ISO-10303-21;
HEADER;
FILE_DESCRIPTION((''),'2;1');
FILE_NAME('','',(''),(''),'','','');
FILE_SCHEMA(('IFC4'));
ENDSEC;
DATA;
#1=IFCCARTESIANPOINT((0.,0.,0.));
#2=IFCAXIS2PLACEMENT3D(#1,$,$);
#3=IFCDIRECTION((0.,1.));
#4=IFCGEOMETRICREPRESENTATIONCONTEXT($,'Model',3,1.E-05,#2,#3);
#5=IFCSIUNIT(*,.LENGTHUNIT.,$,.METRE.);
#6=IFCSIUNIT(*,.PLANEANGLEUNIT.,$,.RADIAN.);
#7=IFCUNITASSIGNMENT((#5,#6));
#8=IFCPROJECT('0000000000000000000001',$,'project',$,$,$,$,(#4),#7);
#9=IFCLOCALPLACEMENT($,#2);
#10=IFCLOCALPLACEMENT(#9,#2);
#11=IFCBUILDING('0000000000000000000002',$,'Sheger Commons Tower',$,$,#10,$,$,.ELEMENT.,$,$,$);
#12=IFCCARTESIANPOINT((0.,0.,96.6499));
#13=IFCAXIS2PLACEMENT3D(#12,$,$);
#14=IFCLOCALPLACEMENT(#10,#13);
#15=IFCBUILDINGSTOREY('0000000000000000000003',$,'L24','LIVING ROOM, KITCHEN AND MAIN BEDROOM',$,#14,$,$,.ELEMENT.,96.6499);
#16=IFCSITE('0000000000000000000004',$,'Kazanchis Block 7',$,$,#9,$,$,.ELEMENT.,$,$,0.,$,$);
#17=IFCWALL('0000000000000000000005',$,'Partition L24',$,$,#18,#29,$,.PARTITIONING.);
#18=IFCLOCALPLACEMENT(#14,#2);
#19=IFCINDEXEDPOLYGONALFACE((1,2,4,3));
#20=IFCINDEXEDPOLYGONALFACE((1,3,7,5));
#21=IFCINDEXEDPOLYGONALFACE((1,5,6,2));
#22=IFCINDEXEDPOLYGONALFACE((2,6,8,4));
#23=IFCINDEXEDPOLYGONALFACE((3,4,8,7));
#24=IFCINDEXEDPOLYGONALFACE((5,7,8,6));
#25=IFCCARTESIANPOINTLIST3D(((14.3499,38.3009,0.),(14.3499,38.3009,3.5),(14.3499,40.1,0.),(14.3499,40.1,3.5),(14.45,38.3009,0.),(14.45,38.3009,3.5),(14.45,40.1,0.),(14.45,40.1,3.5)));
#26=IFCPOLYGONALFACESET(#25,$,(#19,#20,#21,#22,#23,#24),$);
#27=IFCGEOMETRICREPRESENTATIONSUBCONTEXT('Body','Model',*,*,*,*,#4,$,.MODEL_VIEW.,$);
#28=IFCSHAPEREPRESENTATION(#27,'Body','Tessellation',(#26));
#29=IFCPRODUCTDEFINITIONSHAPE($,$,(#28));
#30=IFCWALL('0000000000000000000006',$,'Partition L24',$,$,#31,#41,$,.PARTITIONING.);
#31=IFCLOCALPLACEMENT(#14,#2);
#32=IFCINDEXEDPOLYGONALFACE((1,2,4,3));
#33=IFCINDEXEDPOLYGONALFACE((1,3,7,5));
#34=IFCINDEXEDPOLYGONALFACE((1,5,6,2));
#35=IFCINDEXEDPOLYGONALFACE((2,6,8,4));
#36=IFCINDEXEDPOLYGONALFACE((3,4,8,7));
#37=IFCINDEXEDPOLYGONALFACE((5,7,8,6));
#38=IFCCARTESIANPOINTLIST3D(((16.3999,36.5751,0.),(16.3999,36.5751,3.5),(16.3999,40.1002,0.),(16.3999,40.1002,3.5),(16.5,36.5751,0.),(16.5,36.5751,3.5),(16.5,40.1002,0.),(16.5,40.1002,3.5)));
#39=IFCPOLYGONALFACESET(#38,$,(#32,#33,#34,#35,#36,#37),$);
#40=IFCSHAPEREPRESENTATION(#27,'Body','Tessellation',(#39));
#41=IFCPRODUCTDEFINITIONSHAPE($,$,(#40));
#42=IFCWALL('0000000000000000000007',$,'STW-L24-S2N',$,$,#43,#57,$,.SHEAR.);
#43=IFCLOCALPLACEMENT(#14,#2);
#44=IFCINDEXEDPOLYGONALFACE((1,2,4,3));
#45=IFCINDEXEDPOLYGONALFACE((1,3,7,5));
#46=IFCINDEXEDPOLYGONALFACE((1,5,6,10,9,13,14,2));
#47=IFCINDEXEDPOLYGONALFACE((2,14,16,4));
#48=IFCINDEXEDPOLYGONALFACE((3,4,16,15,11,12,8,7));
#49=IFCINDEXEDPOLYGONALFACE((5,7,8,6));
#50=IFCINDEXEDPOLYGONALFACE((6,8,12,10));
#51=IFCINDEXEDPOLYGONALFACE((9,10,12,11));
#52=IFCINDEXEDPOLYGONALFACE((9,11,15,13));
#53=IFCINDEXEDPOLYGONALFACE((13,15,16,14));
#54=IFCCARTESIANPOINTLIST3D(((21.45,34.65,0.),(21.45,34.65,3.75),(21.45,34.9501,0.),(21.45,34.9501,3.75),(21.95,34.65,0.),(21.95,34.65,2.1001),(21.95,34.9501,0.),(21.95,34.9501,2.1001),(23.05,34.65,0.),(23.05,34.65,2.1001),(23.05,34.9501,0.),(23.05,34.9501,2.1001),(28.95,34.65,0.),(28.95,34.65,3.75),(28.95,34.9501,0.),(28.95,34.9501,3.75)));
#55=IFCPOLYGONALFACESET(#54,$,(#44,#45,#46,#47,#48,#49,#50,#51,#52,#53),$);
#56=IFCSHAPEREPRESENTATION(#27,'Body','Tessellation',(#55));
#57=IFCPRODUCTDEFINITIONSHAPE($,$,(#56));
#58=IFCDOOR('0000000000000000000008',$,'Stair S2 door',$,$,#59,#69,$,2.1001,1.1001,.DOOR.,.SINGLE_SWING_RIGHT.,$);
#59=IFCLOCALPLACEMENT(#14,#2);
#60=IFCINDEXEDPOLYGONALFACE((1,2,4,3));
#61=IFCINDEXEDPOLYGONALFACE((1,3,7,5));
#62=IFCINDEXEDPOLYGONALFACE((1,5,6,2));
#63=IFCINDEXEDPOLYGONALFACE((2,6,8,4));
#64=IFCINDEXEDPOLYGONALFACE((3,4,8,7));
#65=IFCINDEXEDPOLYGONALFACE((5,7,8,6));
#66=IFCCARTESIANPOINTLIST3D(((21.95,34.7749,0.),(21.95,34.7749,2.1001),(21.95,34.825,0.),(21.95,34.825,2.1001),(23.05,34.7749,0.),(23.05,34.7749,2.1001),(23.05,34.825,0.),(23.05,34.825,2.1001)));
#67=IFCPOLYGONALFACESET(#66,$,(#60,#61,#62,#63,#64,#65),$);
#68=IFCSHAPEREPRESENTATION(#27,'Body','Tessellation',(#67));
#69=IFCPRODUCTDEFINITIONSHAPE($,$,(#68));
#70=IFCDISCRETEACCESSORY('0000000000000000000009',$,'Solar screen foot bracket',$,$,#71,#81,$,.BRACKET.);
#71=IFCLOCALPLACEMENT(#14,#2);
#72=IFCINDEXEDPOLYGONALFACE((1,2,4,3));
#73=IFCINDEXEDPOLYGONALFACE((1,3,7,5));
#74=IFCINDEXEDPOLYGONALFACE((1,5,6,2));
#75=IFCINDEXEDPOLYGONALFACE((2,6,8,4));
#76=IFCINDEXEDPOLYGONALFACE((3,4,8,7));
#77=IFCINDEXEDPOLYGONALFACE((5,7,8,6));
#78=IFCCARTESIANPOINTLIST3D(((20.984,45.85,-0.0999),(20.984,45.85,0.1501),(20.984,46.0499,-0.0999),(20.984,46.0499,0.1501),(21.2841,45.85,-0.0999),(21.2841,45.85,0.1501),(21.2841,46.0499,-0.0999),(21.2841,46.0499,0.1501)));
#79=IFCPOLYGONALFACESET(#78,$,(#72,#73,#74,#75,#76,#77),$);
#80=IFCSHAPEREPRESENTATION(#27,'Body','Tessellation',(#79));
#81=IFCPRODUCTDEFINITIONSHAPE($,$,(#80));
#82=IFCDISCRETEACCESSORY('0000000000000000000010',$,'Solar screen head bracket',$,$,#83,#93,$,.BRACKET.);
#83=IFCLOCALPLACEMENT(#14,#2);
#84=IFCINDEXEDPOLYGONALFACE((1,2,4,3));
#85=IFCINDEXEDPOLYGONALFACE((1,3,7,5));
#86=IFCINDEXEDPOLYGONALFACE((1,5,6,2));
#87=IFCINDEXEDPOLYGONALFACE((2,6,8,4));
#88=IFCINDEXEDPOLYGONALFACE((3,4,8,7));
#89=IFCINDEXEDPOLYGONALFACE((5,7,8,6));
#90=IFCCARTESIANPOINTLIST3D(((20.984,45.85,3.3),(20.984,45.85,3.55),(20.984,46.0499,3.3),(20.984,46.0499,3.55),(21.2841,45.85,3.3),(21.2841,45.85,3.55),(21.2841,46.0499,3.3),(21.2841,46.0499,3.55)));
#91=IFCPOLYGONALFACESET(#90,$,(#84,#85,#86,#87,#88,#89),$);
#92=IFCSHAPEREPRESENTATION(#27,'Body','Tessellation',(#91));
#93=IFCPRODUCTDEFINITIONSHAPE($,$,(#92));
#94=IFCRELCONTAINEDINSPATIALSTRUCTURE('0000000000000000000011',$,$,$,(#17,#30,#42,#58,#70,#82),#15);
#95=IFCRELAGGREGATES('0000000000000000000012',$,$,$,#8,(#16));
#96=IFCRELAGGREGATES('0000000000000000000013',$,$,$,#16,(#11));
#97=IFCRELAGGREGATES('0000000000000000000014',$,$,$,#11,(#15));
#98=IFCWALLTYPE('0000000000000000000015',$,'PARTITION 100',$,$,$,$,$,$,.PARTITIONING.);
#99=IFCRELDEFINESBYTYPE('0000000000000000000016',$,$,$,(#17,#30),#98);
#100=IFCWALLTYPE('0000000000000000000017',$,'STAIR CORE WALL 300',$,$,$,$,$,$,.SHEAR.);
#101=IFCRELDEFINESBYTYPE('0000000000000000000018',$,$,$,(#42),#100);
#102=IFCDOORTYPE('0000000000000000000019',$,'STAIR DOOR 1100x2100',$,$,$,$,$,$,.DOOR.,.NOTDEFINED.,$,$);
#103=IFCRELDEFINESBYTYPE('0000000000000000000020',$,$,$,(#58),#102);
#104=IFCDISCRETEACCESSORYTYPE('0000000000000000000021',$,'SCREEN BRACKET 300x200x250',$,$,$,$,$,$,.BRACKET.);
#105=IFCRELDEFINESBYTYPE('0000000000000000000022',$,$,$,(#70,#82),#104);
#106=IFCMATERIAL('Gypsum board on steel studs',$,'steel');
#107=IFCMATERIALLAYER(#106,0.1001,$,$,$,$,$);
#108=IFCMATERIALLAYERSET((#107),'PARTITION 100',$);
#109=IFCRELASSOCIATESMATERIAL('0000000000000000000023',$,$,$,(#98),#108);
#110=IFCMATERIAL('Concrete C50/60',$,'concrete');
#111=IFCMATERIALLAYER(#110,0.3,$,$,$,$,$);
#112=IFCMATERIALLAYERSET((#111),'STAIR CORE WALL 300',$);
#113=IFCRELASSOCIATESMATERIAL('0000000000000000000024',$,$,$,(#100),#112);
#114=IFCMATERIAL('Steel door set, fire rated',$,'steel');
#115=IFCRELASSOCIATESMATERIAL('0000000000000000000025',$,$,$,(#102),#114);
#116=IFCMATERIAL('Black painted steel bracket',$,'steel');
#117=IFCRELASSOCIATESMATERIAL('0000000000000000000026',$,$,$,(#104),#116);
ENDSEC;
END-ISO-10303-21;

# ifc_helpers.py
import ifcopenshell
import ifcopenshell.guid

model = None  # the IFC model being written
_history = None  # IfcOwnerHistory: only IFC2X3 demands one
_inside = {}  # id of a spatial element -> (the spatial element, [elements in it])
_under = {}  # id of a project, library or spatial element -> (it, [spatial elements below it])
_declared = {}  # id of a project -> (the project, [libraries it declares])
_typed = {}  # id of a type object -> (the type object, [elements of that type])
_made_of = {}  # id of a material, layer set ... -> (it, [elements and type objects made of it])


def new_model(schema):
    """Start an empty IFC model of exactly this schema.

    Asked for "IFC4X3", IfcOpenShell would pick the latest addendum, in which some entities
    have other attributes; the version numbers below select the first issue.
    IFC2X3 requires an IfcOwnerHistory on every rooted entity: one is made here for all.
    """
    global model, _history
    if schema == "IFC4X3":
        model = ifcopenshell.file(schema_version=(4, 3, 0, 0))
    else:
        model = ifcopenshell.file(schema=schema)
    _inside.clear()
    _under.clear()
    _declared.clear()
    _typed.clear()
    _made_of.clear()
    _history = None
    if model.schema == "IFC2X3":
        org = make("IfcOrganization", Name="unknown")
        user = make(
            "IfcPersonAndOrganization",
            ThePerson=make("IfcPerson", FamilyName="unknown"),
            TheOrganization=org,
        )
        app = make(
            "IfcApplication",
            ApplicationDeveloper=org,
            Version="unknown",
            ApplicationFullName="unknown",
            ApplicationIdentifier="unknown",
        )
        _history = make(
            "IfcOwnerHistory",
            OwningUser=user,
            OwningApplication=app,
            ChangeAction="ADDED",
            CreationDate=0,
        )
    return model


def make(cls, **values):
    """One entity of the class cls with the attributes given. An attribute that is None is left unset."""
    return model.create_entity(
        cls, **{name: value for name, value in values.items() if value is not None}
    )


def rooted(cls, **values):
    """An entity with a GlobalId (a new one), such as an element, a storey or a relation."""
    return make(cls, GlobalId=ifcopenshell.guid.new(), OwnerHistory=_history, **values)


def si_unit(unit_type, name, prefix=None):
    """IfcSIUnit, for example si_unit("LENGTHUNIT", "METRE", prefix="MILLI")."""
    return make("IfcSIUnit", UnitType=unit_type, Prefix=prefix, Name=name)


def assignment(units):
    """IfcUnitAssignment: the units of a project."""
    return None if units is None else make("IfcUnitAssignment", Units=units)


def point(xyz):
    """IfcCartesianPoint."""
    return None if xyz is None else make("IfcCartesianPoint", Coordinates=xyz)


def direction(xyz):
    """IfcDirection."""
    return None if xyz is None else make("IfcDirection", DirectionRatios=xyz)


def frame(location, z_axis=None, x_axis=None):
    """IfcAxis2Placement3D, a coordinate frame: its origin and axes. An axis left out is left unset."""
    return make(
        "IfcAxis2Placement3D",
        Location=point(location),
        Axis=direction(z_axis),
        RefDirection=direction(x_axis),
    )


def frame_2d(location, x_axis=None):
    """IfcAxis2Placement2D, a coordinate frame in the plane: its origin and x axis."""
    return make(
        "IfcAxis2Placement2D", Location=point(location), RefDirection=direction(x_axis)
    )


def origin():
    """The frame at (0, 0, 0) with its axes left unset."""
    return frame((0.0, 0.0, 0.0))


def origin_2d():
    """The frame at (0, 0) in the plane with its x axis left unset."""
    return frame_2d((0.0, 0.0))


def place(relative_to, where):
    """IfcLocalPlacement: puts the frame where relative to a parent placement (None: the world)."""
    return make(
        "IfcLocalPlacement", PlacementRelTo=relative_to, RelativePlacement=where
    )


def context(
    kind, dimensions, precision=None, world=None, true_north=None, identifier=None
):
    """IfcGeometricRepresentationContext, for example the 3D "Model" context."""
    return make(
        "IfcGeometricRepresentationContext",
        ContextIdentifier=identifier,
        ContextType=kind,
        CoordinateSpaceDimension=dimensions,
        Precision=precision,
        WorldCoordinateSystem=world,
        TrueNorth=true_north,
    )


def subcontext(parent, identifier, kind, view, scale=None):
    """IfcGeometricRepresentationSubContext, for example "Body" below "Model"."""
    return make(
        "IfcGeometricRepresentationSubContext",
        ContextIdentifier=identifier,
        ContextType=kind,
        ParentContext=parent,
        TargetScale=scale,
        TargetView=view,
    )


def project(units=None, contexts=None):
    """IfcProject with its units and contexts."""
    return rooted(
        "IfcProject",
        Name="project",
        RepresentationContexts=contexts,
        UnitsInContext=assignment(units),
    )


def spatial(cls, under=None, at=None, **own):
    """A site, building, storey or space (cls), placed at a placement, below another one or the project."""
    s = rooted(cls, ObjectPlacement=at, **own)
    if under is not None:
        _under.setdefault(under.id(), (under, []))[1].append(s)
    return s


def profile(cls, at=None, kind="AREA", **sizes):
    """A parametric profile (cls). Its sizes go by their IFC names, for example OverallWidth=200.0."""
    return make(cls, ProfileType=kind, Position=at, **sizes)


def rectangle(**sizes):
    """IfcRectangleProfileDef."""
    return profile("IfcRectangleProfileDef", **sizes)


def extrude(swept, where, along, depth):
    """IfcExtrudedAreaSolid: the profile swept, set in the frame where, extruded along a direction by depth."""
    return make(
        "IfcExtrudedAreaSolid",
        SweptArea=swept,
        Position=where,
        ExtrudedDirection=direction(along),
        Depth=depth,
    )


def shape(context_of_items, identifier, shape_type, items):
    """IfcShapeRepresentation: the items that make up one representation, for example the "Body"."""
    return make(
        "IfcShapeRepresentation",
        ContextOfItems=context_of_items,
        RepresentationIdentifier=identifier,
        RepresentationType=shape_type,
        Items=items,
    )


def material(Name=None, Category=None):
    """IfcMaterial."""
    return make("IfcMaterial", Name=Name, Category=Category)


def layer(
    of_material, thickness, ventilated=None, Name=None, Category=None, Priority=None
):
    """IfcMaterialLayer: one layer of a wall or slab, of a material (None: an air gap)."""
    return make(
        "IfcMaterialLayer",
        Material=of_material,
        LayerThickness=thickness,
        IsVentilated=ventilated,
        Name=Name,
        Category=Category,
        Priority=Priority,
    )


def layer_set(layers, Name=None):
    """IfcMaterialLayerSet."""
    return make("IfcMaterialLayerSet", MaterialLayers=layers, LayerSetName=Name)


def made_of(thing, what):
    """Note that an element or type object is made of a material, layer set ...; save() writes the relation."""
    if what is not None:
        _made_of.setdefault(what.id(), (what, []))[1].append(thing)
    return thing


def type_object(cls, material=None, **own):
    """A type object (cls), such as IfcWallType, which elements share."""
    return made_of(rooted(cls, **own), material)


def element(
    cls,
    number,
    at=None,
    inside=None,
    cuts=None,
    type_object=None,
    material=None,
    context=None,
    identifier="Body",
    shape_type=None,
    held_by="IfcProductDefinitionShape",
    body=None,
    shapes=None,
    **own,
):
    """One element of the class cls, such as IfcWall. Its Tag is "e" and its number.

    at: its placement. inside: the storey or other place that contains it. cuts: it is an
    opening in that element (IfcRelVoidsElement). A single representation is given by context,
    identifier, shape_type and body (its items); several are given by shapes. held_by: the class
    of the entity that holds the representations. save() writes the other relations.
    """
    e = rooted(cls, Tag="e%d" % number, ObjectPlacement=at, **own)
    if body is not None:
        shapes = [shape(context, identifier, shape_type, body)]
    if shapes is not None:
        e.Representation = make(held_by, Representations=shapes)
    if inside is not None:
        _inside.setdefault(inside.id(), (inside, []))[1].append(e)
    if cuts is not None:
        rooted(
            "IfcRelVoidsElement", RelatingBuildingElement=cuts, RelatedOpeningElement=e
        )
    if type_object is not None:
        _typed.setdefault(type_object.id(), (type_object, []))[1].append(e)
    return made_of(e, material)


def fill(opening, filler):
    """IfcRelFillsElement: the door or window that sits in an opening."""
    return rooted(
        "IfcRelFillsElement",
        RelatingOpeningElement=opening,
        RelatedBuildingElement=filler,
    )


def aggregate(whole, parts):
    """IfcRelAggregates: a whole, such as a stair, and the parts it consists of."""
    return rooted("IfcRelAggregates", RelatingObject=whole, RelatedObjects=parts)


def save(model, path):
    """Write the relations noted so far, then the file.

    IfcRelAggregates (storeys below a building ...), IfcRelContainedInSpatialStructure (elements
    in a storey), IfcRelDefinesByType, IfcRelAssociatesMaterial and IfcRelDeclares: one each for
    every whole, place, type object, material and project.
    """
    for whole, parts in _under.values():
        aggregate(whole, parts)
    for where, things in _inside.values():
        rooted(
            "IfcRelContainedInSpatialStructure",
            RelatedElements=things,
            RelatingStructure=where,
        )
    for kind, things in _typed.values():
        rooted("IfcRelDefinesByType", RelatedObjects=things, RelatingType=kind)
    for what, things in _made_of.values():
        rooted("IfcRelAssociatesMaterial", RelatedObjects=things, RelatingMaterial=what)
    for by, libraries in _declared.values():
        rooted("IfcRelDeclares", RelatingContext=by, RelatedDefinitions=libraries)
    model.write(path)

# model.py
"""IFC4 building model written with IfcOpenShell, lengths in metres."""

from ifc_helpers import new_model, si_unit, direction, frame, frame_2d, origin, origin_2d, place, context, subcontext, project, spatial, rectangle, extrude, material, layer, layer_set, type_object, element, fill, save


model = new_model("IFC4")

# Units and contexts
model_context = context("Model", 3, precision=1e-05, world=origin(), true_north=direction((0.0, 1.0)))
body_context = subcontext(model_context, "Body", "Model", "MODEL_VIEW")
ifc_project = project(units=[si_unit("LENGTHUNIT", "METRE"), si_unit("PLANEANGLEUNIT", "RADIAN")], contexts=[model_context])

# Site, building, storey
site_placement = place(None, origin())
site = spatial("IfcSite", under=ifc_project, at=site_placement, Name="Kazanchis Block 7", CompositionType="ELEMENT", RefElevation=0.0)
building_placement = place(site_placement, origin())
building = spatial("IfcBuilding", under=site, at=building_placement, Name="Sheger Commons Tower", CompositionType="ELEMENT")
storey_placement = place(building_placement, frame((0.0, 0.0, 96.6499)))
storey = spatial("IfcBuildingStorey", under=building, at=storey_placement, Name="L24", Description="LIVING ROOM, KITCHEN AND MAIN BEDROOM", CompositionType="ELEMENT", Elevation=96.6499)

# Shared definitions
ifc_material_1 = material(Name="Gypsum board on steel studs", Category="steel")
ifc_layer_1 = layer(ifc_material_1, 0.1001)
ifc_layer_set_1 = layer_set([ifc_layer_1], Name="PARTITION 100")
wall_type_1 = type_object("IfcWallType", Name="PARTITION 100", PredefinedType="PARTITIONING", material=ifc_layer_set_1)

# Walls
wall_1_placement = place(storey_placement, frame((14.3999, 38.301, 0.0), z_axis=(0.0, 0.0, 1.0), x_axis=(0.0, 1.0, 0.0)))
element("IfcWall", 1, at=wall_1_placement, inside=storey, type_object=wall_type_1, Name="Partition L24", PredefinedType="PARTITIONING", context=body_context, shape_type="SweptSolid", body=[
    extrude(rectangle(XDim=1.7991, YDim=0.1001, at=frame_2d((0.8994, 0.0))), origin(), (0.0, 0.0, 1.0), 3.5),
])
wall_2_placement = place(storey_placement, frame((16.45, 36.575, 0.0), z_axis=(0.0, 0.0, 1.0), x_axis=(0.0, 1.0, 0.0)))
element("IfcWall", 2, at=wall_2_placement, inside=storey, type_object=wall_type_1, Name="Partition L24", PredefinedType="PARTITIONING", context=body_context, shape_type="SweptSolid", body=[
    extrude(rectangle(XDim=3.5251, YDim=0.1001, at=frame_2d((1.7627, 0.0))), origin(), (0.0, 0.0, 1.0), 3.5),
])

# Wall, opening, door
ifc_material_2 = material(Name="Concrete C50/60", Category="concrete")
ifc_layer_2 = layer(ifc_material_2, 0.3)
ifc_layer_set_2 = layer_set([ifc_layer_2], Name="STAIR CORE WALL 300")
wall_type_2 = type_object("IfcWallType", Name="STAIR CORE WALL 300", PredefinedType="SHEAR", material=ifc_layer_set_2)
wall_3_placement = place(storey_placement, frame((21.45, 34.8, 0.0), z_axis=(0.0, 0.0, 1.0), x_axis=(1.0, 0.0, 0.0)))
wall_3 = element("IfcWall", 3, at=wall_3_placement, inside=storey, type_object=wall_type_2, Name="STW-L24-S2N", PredefinedType="SHEAR", context=body_context, shape_type="SweptSolid", body=[
    extrude(rectangle(XDim=7.5, YDim=0.3, at=frame_2d((3.75, 0.0))), origin(), (0.0, 0.0, 1.0), 3.75),
])
opening_1_placement = place(wall_3_placement, frame((0.5, 0.0, 0.0)))
opening_1 = element("IfcOpeningElement", 4, at=opening_1_placement, cuts=wall_3, PredefinedType="OPENING", context=body_context, shape_type="SweptSolid", body=[
    extrude(rectangle(XDim=1.1001, YDim=2.1001, at=frame_2d((0.55, 1.05))), frame((0.0, 0.1599, 0.0), z_axis=(0.0, -1.0, 0.0), x_axis=(1.0, 0.0, 0.0)), (0.0, 0.0, 1.0), 0.3201),
])
ifc_material_3 = material(Name="Steel door set, fire rated", Category="steel")
door_type_1 = type_object("IfcDoorType", Name="STAIR DOOR 1100x2100", OperationType="NOTDEFINED", PredefinedType="DOOR", material=ifc_material_3)
door_1_placement = place(opening_1_placement, origin())
door_1 = element("IfcDoor", 5, at=door_1_placement, inside=storey, type_object=door_type_1, Name="Stair S2 door", OperationType="SINGLE_SWING_RIGHT", OverallHeight=2.1001, OverallWidth=1.1001, PredefinedType="DOOR", context=body_context, shape_type="SweptSolid", body=[
    extrude(rectangle(XDim=1.1001, YDim=2.1001, at=frame_2d((0.55, 1.05))), frame((0.0, 0.0249, 0.0), z_axis=(0.0, -1.0, 0.0), x_axis=(1.0, 0.0, 0.0)), (0.0, 0.0, 1.0), 0.05),
])
fill(opening_1, door_1)

# Discrete accessories
ifc_material_4 = material(Name="Black painted steel bracket", Category="steel")
discrete_accessory_type = type_object("IfcDiscreteAccessoryType", Name="SCREEN BRACKET 300x200x250", PredefinedType="BRACKET", material=ifc_material_4)
for number, where, z_axis, x_axis, name in (
    (6, (21.134, 45.95, -0.0999), (0.0, 0.0, 1.0), (-1.0, 0.0, 0.0), "Solar screen foot bracket"),
    (7, (21.134, 45.95, 3.3), (0.0, 0.0, 1.0), (-1.0, 0.0, 0.0), "Solar screen head bracket"),
):
    element("IfcDiscreteAccessory", number, at=place(storey_placement, frame(where, z_axis=z_axis, x_axis=x_axis)), inside=storey, type_object=discrete_accessory_type, Name=name, PredefinedType="BRACKET", context=body_context, shape_type="SweptSolid", body=[
        extrude(rectangle(XDim=0.3, YDim=0.2, at=origin_2d()), origin(), (0.0, 0.0, 1.0), 0.25),
    ])

save(model, "model.ifc")
